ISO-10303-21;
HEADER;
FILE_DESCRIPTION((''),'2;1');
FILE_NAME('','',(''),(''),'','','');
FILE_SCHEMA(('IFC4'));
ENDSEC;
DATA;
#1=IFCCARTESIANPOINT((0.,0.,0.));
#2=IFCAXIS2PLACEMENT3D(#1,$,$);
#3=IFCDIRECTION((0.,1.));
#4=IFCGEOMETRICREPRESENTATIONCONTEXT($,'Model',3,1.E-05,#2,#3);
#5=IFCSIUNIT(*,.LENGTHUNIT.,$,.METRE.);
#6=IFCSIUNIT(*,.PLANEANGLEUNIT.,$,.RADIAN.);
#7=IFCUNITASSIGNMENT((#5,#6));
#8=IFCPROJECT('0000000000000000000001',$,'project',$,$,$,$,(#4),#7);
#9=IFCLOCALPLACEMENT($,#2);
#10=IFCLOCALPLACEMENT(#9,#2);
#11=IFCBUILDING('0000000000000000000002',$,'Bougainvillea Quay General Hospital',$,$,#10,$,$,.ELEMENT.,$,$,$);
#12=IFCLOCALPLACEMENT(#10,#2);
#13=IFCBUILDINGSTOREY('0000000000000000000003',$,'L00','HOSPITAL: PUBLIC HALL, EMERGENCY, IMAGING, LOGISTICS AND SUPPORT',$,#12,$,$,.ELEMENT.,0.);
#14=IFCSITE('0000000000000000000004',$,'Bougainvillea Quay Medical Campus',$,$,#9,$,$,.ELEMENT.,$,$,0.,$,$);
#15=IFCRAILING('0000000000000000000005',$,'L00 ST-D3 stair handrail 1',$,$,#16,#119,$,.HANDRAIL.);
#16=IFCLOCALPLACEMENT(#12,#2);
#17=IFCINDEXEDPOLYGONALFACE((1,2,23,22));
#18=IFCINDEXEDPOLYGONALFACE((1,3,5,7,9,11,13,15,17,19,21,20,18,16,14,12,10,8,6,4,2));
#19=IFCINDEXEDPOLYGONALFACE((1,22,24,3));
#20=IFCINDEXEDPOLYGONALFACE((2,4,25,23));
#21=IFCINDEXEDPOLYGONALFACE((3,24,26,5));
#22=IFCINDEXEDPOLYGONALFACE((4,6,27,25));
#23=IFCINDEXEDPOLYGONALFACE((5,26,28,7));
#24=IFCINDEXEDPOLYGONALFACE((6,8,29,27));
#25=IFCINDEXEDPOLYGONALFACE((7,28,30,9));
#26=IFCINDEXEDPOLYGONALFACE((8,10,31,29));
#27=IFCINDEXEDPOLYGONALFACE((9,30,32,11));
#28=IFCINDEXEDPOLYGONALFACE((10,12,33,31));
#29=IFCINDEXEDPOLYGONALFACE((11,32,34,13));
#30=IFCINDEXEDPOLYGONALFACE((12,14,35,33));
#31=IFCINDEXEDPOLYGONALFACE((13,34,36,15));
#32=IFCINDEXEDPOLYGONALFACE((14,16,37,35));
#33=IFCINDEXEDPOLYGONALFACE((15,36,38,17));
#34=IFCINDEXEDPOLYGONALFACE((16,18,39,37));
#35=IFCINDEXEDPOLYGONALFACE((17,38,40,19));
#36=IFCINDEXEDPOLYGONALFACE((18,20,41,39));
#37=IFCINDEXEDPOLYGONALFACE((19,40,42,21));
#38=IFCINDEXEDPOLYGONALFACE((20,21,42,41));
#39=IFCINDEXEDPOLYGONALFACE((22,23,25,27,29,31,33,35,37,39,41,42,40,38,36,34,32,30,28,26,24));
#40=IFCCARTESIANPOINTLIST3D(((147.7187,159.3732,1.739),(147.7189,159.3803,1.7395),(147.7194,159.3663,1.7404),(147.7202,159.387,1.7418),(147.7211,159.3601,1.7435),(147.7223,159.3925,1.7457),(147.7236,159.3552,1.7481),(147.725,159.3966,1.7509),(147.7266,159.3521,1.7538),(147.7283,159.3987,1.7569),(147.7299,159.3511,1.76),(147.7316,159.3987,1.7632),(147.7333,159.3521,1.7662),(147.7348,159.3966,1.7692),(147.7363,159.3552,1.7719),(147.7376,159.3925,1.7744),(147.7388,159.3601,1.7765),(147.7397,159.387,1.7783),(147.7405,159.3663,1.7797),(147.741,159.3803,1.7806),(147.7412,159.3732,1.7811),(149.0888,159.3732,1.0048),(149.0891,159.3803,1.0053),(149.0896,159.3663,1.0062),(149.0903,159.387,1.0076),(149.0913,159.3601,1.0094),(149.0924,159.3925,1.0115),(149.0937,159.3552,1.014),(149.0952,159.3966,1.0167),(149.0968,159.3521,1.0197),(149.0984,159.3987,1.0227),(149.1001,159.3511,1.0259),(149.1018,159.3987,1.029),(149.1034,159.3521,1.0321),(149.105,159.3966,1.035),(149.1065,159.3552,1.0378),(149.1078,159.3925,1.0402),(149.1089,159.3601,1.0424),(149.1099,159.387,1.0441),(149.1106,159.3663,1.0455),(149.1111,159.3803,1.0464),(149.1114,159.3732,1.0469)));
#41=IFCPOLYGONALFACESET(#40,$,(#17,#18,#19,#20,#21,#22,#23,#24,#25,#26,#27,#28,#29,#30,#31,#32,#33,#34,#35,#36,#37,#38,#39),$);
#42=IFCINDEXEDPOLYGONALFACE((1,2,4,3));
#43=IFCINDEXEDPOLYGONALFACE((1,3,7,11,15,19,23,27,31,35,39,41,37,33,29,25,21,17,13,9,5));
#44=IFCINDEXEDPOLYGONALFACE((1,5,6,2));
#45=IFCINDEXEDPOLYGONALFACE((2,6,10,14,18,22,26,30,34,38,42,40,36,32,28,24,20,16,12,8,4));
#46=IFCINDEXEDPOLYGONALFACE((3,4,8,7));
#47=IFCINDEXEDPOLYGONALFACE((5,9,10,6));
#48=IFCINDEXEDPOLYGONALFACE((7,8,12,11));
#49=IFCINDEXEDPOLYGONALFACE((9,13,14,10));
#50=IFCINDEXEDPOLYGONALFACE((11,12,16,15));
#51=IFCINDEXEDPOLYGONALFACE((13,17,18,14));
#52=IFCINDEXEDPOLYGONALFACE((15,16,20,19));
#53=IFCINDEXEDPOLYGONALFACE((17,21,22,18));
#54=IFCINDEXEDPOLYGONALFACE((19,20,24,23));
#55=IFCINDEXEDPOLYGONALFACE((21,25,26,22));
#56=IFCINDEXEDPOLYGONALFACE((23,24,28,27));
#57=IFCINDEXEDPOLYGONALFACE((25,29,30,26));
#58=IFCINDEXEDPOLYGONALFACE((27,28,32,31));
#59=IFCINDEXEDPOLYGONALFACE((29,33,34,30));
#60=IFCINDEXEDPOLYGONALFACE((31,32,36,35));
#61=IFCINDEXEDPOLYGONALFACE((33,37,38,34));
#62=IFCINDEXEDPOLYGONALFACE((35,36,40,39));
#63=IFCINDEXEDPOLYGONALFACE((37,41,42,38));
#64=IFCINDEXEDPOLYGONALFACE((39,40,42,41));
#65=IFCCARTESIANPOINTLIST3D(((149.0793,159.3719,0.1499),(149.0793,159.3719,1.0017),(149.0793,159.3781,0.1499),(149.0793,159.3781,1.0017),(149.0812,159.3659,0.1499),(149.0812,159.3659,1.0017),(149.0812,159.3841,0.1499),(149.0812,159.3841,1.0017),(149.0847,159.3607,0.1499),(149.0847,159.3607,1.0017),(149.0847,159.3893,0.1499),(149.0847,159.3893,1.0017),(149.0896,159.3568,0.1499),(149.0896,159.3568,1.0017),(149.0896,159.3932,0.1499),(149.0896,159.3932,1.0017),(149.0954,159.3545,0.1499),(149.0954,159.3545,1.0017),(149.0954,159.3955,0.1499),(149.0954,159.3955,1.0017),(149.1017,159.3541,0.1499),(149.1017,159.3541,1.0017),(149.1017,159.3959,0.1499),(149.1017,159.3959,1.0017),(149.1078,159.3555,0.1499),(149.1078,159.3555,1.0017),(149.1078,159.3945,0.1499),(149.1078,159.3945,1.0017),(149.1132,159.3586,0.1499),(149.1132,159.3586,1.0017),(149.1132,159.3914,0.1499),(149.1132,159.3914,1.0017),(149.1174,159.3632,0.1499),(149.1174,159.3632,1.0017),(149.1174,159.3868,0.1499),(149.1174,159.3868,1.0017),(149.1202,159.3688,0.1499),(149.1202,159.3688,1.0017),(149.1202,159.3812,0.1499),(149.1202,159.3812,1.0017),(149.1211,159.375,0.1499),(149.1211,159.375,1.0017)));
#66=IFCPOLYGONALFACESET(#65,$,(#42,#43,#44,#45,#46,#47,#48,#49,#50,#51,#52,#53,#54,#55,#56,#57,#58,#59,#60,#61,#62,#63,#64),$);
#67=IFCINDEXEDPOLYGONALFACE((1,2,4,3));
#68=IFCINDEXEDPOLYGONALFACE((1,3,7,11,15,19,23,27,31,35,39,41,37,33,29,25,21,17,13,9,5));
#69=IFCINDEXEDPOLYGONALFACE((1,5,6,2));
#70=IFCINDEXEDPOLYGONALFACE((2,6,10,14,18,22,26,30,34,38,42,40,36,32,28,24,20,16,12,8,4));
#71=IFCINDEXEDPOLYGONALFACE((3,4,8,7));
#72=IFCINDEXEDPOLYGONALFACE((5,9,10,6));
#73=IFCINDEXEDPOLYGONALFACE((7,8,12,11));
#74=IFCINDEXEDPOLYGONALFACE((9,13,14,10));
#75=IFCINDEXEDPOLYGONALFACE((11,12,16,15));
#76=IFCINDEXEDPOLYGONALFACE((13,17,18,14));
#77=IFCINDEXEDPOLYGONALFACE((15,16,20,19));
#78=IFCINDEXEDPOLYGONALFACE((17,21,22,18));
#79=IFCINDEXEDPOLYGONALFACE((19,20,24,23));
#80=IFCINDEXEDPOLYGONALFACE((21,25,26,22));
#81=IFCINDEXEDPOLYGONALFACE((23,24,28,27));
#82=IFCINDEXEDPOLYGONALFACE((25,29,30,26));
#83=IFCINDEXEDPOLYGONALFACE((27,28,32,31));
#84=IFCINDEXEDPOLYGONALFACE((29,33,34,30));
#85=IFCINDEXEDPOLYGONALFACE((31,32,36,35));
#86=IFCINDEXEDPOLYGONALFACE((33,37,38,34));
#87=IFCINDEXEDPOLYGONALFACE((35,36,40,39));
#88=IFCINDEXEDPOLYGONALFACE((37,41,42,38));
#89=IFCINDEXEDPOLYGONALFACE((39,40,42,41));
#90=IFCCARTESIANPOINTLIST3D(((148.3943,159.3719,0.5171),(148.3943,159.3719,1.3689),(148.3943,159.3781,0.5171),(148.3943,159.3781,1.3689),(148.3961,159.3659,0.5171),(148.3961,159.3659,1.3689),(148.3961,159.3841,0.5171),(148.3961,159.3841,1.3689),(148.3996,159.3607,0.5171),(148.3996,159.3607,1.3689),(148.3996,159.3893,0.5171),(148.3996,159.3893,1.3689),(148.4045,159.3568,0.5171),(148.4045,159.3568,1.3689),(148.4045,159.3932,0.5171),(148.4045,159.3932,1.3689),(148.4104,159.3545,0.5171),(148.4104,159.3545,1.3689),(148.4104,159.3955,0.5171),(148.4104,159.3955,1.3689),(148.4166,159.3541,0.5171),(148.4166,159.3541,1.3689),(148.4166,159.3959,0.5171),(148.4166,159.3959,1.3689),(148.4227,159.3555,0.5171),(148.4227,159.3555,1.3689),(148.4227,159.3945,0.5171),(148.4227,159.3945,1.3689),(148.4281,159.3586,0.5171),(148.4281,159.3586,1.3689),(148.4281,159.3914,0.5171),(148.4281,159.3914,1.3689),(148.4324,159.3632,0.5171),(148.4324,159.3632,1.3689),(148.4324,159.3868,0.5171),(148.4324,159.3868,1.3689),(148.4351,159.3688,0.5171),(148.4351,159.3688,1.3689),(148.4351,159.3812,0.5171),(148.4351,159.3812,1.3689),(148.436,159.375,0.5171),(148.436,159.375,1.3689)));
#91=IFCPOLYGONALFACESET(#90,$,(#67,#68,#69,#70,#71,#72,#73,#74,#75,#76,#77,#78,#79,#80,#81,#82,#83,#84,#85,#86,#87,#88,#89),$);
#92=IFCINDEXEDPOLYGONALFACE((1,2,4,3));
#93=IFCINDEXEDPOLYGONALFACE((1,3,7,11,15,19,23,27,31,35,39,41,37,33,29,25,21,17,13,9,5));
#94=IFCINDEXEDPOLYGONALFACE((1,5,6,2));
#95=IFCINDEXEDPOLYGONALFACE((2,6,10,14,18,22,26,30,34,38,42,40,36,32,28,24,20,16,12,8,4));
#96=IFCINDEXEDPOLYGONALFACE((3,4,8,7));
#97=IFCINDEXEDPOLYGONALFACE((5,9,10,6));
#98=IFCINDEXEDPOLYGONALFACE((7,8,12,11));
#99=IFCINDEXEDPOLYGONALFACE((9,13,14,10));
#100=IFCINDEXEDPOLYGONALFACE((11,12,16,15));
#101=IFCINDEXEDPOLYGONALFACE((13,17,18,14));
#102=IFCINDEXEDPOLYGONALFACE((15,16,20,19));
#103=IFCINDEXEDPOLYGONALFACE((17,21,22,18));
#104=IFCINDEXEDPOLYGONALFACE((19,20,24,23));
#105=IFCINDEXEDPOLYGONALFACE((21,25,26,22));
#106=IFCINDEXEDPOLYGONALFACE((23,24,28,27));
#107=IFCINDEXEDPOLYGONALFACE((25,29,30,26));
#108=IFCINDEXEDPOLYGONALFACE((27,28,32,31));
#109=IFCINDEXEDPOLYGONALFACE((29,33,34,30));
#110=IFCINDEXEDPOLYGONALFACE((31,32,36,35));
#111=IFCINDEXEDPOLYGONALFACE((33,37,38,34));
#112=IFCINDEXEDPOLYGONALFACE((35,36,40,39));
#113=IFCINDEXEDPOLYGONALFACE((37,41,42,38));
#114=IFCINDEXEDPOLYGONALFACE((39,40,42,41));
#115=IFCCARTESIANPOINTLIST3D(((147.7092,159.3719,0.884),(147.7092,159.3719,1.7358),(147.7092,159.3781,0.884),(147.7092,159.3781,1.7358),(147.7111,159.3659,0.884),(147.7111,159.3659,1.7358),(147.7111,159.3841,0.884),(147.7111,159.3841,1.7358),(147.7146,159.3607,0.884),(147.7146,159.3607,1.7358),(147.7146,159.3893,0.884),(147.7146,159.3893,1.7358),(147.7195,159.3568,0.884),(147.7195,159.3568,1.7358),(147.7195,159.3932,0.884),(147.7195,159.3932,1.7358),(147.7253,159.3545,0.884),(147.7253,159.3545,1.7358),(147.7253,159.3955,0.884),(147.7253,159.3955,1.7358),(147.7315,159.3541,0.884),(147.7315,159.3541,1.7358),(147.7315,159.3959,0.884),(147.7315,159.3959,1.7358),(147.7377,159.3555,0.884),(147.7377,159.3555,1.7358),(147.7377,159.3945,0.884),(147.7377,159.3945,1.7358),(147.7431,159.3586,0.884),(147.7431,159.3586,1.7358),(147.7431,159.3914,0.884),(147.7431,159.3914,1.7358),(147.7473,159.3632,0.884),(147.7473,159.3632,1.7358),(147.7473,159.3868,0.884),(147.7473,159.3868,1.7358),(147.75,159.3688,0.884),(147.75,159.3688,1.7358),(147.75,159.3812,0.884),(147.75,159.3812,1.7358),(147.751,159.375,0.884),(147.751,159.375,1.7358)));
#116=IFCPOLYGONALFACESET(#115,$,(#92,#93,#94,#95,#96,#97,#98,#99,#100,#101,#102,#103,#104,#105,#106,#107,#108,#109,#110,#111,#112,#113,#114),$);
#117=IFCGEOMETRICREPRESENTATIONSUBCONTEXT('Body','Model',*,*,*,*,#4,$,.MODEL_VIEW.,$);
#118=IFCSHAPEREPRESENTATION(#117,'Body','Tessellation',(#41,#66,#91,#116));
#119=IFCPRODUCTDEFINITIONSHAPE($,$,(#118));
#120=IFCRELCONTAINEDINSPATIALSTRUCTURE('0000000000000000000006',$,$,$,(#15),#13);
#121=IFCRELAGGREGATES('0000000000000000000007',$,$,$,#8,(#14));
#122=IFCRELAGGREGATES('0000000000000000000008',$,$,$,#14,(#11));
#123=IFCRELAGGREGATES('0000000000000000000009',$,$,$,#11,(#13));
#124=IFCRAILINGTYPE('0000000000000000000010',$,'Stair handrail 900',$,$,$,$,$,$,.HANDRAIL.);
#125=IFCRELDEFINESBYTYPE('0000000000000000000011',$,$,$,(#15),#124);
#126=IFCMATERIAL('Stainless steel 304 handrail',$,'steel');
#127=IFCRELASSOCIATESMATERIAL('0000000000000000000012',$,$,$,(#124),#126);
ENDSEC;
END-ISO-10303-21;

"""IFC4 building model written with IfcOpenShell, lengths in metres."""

from ifc_helpers import new_model, si_unit, direction, frame, origin, origin_2d, place, context, subcontext, project, spatial, circle, extrude, material, type_object, element, save


model = new_model("IFC4")

# Units and contexts
model_context = context("Model", 3, precision=1e-05, world=origin(), true_north=direction((0.0, 1.0)))
body_context = subcontext(model_context, "Body", "Model", "MODEL_VIEW")
ifc_project = project(units=[si_unit("LENGTHUNIT", "METRE"), si_unit("PLANEANGLEUNIT", "RADIAN")], contexts=[model_context])

# Site, building, storey
site_placement = place(None, origin())
site = spatial("IfcSite", under=ifc_project, at=site_placement, Name="Bougainvillea Quay Medical Campus", CompositionType="ELEMENT", RefElevation=0.0)
building_placement = place(site_placement, origin())
building = spatial("IfcBuilding", under=site, at=building_placement, Name="Bougainvillea Quay General Hospital", CompositionType="ELEMENT")
storey_placement = place(building_placement, origin())
storey = spatial("IfcBuildingStorey", under=building, at=storey_placement, Name="L00", Description="HOSPITAL: PUBLIC HALL, EMERGENCY, IMAGING, LOGISTICS AND SUPPORT", CompositionType="ELEMENT", Elevation=0.0)

# Railing
ifc_material_1 = material(Name="Stainless steel 304 handrail", Category="steel")
railing_type_1 = type_object("IfcRailingType", Name="Stair handrail 900", PredefinedType="HANDRAIL", material=ifc_material_1)
railing_1_placement = place(storey_placement, frame((149.1001, 159.375, 0.1499)))
element("IfcRailing", 1, at=railing_1_placement, inside=storey, type_object=railing_type_1, Name="L00 ST-D3 stair handrail 1", PredefinedType="HANDRAIL", context=body_context, shape_type="SweptSolid", body=[
    extrude(circle(Radius=0.0239, at=origin_2d()), frame((0.0, 0.0, 0.876), z_axis=(-0.881443, 0.0, 0.472291), x_axis=(0.0, -1.0, 0.0)), (0.0, 0.0, 1.0), 1.5544),
    extrude(circle(Radius=0.021, at=origin_2d()), origin(), (0.0, 0.0, 1.0), 0.8518),
    extrude(circle(Radius=0.021, at=origin_2d()), frame((-0.6851, 0.0, 0.3672)), (0.0, 0.0, 1.0), 0.8518),
    extrude(circle(Radius=0.021, at=origin_2d()), frame((-1.3701, 0.0, 0.7341)), (0.0, 0.0, 1.0), 0.8518),
])

save(model, "model.ifc")
